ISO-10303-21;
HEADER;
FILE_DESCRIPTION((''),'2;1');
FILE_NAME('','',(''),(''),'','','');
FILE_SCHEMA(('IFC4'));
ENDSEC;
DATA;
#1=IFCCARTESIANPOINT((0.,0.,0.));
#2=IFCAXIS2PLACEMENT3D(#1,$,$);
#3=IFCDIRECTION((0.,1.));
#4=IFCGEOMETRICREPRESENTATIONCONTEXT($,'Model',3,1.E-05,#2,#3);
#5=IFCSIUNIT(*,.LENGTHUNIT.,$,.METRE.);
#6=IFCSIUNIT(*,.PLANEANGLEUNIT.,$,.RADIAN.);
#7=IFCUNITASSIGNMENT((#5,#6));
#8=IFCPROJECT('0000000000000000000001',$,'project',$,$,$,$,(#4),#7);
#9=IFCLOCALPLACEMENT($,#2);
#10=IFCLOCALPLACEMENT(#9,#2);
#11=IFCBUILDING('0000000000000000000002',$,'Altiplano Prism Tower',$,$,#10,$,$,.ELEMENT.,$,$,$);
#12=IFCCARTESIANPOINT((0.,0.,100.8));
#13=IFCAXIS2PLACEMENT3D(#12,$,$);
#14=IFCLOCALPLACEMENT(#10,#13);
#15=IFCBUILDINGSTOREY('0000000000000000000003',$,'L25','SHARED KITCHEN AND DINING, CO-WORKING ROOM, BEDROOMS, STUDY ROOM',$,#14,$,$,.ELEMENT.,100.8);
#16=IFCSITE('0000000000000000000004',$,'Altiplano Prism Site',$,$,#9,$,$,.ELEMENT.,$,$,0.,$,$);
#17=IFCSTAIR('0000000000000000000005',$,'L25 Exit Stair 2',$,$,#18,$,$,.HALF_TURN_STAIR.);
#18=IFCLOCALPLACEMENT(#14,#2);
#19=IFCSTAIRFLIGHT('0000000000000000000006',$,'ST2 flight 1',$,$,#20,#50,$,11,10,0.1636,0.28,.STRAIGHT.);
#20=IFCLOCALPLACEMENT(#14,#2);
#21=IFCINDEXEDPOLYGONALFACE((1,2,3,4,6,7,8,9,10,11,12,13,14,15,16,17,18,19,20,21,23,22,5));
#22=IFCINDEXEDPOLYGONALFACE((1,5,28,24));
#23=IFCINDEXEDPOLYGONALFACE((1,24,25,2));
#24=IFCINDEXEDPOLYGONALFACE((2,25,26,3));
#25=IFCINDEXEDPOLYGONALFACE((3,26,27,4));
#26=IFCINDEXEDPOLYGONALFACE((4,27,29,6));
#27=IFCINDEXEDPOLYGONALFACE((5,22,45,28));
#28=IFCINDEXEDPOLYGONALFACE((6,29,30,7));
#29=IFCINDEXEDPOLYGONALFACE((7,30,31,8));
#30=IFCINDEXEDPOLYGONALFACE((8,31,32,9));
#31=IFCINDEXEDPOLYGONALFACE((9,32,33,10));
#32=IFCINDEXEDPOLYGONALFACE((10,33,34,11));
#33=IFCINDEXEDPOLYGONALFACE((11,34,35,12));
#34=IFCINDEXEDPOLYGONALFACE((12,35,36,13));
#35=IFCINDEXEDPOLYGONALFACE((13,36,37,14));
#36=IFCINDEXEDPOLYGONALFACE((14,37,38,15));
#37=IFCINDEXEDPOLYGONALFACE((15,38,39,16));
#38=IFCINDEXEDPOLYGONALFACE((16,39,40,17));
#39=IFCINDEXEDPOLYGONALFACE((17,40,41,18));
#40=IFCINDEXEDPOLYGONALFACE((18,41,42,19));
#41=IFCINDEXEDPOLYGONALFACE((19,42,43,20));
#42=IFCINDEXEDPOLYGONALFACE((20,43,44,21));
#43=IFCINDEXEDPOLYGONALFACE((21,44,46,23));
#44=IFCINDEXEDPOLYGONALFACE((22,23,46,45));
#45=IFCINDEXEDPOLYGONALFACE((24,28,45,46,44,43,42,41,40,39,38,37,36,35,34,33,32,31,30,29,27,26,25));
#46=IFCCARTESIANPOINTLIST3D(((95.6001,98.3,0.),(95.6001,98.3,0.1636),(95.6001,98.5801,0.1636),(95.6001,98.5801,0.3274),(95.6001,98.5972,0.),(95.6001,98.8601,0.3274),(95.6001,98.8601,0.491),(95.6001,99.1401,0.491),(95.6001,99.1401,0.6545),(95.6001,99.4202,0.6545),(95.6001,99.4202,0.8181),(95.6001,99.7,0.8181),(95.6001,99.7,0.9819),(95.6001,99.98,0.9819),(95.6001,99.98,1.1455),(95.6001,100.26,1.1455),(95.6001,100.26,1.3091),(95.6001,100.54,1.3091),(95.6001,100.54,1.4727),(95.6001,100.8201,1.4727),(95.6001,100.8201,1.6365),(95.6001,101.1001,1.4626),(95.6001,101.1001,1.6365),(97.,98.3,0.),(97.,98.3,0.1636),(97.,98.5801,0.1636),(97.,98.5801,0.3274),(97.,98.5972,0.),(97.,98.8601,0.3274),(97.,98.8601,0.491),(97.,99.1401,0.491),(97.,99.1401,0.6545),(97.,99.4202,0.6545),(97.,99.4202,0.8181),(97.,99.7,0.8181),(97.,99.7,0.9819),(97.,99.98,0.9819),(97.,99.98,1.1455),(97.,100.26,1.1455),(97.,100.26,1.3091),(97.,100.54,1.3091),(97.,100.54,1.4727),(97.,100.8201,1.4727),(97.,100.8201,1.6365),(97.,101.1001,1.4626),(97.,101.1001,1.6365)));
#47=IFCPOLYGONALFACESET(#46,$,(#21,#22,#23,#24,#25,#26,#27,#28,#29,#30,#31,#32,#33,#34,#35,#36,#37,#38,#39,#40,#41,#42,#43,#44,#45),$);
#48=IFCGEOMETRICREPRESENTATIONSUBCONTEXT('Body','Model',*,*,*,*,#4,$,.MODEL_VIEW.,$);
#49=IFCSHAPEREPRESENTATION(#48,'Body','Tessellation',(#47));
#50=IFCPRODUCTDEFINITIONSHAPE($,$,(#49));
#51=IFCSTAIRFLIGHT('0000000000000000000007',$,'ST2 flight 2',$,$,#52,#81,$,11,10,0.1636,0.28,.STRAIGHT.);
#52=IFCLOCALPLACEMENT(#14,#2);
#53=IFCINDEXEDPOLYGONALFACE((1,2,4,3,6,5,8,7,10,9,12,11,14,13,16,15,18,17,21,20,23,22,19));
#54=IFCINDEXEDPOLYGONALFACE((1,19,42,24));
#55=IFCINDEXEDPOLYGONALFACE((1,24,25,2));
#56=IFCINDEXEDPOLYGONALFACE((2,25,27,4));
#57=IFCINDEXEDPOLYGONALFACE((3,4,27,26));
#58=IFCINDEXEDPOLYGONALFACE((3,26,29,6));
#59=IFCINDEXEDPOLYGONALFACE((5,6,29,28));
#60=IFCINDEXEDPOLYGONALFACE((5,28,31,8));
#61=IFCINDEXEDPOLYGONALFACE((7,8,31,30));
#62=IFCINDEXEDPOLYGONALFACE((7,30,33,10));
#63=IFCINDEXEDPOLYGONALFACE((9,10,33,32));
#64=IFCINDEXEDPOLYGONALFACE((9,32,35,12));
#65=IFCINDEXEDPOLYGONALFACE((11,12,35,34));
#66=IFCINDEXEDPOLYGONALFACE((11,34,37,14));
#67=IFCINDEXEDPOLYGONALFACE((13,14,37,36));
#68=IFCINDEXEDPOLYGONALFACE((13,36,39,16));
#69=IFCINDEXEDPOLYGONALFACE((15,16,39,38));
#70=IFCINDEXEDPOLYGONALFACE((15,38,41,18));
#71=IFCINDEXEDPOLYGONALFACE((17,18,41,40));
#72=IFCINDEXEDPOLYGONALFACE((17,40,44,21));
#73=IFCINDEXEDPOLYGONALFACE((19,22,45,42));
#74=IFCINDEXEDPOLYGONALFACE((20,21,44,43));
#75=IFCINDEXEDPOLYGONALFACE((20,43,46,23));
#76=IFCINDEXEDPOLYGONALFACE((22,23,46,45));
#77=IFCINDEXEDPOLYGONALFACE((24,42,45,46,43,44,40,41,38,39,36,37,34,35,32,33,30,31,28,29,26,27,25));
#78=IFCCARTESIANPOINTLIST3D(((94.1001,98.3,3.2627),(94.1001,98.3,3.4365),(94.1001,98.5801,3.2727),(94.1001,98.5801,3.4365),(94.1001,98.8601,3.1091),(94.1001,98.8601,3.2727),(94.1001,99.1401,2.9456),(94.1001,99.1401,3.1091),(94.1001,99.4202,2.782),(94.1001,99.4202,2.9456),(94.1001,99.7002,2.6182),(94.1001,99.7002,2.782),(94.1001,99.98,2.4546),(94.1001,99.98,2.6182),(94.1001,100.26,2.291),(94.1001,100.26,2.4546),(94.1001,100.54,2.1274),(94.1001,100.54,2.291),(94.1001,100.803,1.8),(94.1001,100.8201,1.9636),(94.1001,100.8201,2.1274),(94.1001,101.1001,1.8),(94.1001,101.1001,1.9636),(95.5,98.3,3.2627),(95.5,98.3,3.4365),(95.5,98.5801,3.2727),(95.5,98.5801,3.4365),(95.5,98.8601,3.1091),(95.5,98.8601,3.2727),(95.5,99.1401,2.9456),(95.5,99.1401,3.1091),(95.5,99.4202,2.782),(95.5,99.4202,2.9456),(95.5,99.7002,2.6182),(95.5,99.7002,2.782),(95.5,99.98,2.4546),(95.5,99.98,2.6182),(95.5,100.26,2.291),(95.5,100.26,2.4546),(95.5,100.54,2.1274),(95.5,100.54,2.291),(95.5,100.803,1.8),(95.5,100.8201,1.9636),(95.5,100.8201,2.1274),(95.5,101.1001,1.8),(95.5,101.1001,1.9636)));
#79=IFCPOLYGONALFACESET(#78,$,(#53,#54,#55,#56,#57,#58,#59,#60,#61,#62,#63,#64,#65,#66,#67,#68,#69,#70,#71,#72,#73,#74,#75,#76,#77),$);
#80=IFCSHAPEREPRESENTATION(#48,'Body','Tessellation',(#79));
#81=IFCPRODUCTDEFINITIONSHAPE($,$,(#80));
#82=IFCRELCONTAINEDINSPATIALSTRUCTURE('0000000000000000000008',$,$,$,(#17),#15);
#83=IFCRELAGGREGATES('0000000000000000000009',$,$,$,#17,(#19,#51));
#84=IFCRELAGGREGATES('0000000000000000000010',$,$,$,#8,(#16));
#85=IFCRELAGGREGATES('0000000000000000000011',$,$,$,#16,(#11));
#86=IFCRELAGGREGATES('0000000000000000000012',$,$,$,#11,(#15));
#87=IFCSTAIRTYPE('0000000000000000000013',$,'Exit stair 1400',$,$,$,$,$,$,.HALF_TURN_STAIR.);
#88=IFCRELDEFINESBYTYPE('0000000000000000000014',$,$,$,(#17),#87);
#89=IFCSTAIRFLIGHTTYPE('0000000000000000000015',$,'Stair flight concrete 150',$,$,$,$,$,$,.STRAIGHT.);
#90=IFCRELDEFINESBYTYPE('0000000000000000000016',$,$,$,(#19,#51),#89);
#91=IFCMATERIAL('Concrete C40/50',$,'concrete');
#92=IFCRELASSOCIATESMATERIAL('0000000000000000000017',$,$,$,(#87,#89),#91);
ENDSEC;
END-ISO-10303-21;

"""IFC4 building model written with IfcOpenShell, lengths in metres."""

from ifc_helpers import new_model, si_unit, direction, frame, origin, place, context, subcontext, project, spatial, polyline, outline, extrude, material, type_object, element, aggregate, save


model = new_model("IFC4")

# Units and contexts
model_context = context("Model", 3, precision=1e-05, world=origin(), true_north=direction((0.0, 1.0)))
body_context = subcontext(model_context, "Body", "Model", "MODEL_VIEW")
ifc_project = project(units=[si_unit("LENGTHUNIT", "METRE"), si_unit("PLANEANGLEUNIT", "RADIAN")], contexts=[model_context])

# Site, building, storey
site_placement = place(None, origin())
site = spatial("IfcSite", under=ifc_project, at=site_placement, Name="Altiplano Prism Site", CompositionType="ELEMENT", RefElevation=0.0)
building_placement = place(site_placement, origin())
building = spatial("IfcBuilding", under=site, at=building_placement, Name="Altiplano Prism Tower", CompositionType="ELEMENT")
storey_placement = place(building_placement, frame((0.0, 0.0, 100.8)))
storey = spatial("IfcBuildingStorey", under=building, at=storey_placement, Name="L25", Description="SHARED KITCHEN AND DINING, CO-WORKING ROOM, BEDROOMS, STUDY ROOM", CompositionType="ELEMENT", Elevation=100.8)

# Stair, stair flights
ifc_material_1 = material(Name="Concrete C40/50", Category="concrete")
stair_type = type_object("IfcStairType", Name="Exit stair 1400", PredefinedType="HALF_TURN_STAIR", material=ifc_material_1)
stair_placement = place(storey_placement, origin())
stair = element("IfcStair", 1, at=stair_placement, inside=storey, type_object=stair_type, Name="L25 Exit Stair 2", PredefinedType="HALF_TURN_STAIR")
stair_flight_type = type_object("IfcStairFlightType", Name="Stair flight concrete 150", PredefinedType="STRAIGHT", material=ifc_material_1)
stair_flight_1_placement = place(storey_placement, frame((96.3, 98.3, 0.0), z_axis=(0.0, 0.0, 1.0), x_axis=(0.0, 1.0, 0.0)))
stair_flight_1 = element("IfcStairFlight", 2, at=stair_flight_1_placement, type_object=stair_flight_type, Name="ST2 flight 1", NumberOfRisers=11, NumberOfTreads=10, PredefinedType="STRAIGHT", RiserHeight=0.1636, TreadLength=0.28, context=body_context, shape_type="SweptSolid", body=[
    extrude(outline(polyline([(0.0, 0.0), (0.0, 0.1636), (0.28, 0.1636), (0.28, 0.3274), (0.5601, 0.3274), (0.5601, 0.491), (0.8401, 0.491), (0.8401, 0.6545), (1.1201, 0.6545), (1.1201, 0.8181), (1.3999, 0.8181), (1.3999, 0.9819), (1.6799, 0.9819), (1.6799, 1.1455), (1.96, 1.1455), (1.96, 1.3091), (2.24, 1.3091), (2.24, 1.4727), (2.52, 1.4727), (2.52, 1.6365), (2.8, 1.6365), (2.8, 1.8), (2.8, 1.4626), (0.2971, 0.0), (0.0, 0.0)])), frame((0.0, 0.7, 0.0), z_axis=(0.0, -1.0, 0.0), x_axis=(1.0, 0.0, 0.0)), (0.0, 0.0, 1.0), 1.3999),
])
stair_flight_2_placement = place(storey_placement, frame((94.8, 101.1001, 1.8), z_axis=(0.0, 0.0, 1.0), x_axis=(0.0, -1.0, 0.0)))
stair_flight_2 = element("IfcStairFlight", 3, at=stair_flight_2_placement, type_object=stair_flight_type, Name="ST2 flight 2", NumberOfRisers=11, NumberOfTreads=10, PredefinedType="STRAIGHT", RiserHeight=0.1636, TreadLength=0.28, context=body_context, shape_type="SweptSolid", body=[
    extrude(outline(polyline([(0.0, 0.0), (0.0, 0.1636), (0.28, 0.1636), (0.28, 0.3274), (0.5601, 0.3274), (0.5601, 0.491), (0.8401, 0.491), (0.8401, 0.6545), (1.1201, 0.6545), (1.1201, 0.8181), (1.3999, 0.8181), (1.3999, 0.9819), (1.6799, 0.9819), (1.6799, 1.1455), (1.96, 1.1455), (1.96, 1.3091), (2.24, 1.3091), (2.24, 1.4727), (2.52, 1.4727), (2.52, 1.6365), (2.8, 1.6365), (2.8, 1.8), (2.8, 1.4626), (0.2971, 0.0), (0.0, 0.0)])), frame((0.0, 0.7, 0.0), z_axis=(0.0, -1.0, 0.0), x_axis=(1.0, 0.0, 0.0)), (0.0, 0.0, 1.0), 1.3999),
])
aggregate(stair, [stair_flight_1, stair_flight_2])

save(model, "model.ifc")
